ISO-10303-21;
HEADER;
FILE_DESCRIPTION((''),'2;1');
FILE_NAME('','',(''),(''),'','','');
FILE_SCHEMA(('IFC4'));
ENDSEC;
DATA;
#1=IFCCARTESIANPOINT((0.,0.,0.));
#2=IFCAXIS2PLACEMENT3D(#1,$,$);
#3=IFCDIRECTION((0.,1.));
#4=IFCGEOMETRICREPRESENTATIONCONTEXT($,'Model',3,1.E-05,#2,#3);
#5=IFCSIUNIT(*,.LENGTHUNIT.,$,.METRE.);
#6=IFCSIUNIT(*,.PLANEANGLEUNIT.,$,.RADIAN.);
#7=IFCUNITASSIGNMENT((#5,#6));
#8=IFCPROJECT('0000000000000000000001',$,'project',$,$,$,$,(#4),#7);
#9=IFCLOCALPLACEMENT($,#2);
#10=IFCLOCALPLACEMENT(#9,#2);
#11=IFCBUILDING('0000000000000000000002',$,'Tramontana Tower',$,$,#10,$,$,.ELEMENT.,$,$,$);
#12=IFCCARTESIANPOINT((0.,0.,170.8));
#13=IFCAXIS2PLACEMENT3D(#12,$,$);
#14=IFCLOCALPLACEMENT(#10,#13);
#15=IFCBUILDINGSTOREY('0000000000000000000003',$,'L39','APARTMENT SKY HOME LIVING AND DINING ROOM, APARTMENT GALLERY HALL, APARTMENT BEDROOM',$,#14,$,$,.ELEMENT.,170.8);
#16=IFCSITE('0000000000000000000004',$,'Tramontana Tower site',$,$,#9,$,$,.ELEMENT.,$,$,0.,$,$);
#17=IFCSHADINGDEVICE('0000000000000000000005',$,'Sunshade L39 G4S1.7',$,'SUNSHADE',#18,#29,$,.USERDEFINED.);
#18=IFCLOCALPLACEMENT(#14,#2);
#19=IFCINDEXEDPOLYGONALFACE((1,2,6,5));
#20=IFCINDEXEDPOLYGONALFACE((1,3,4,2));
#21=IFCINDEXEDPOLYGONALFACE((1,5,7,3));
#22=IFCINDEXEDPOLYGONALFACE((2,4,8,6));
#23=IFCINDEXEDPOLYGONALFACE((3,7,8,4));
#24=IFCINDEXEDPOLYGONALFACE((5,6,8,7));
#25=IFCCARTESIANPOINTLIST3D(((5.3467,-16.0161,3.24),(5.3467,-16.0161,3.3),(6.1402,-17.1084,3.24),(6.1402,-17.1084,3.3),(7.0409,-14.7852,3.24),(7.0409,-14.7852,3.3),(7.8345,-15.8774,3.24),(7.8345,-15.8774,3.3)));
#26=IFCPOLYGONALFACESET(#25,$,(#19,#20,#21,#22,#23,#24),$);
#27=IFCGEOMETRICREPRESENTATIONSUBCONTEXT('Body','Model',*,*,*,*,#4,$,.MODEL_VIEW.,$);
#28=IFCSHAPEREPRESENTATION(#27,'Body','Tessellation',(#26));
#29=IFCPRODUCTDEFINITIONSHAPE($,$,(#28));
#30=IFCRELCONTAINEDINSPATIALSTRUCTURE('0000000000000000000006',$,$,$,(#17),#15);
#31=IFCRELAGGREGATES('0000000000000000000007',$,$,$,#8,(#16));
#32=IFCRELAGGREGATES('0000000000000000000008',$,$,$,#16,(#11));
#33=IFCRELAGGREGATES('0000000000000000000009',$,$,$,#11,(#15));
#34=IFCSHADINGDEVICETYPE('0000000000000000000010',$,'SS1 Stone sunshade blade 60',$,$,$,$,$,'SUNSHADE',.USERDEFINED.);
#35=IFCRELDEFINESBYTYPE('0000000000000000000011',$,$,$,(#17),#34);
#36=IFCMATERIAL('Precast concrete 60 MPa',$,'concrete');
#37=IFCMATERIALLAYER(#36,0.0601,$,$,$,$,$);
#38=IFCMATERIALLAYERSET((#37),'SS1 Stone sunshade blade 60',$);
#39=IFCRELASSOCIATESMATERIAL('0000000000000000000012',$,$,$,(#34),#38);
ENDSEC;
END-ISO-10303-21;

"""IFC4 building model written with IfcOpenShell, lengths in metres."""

from ifc_helpers import new_model, si_unit, direction, frame, origin, origin_2d, place, context, subcontext, project, spatial, rectangle, extrude, material, layer, layer_set, type_object, element, save


model = new_model("IFC4")

# Units and contexts
model_context = context("Model", 3, precision=1e-05, world=origin(), true_north=direction((0.0, 1.0)))
body_context = subcontext(model_context, "Body", "Model", "MODEL_VIEW")
ifc_project = project(units=[si_unit("LENGTHUNIT", "METRE"), si_unit("PLANEANGLEUNIT", "RADIAN")], contexts=[model_context])

# Site, building, storey
site_placement = place(None, origin())
site = spatial("IfcSite", under=ifc_project, at=site_placement, Name="Tramontana Tower site", CompositionType="ELEMENT", RefElevation=0.0)
building_placement = place(site_placement, origin())
building = spatial("IfcBuilding", under=site, at=building_placement, Name="Tramontana Tower", CompositionType="ELEMENT")
storey_placement = place(building_placement, frame((0.0, 0.0, 170.8)))
storey = spatial("IfcBuildingStorey", under=building, at=storey_placement, Name="L39", Description="APARTMENT SKY HOME LIVING AND DINING ROOM, APARTMENT GALLERY HALL, APARTMENT BEDROOM", CompositionType="ELEMENT", Elevation=170.8)

# Shading device
ifc_material_1 = material(Name="Precast concrete 60 MPa", Category="concrete")
ifc_layer_1 = layer(ifc_material_1, 0.0601)
ifc_layer_set_1 = layer_set([ifc_layer_1], Name="SS1 Stone sunshade blade 60")
shading_device_type = type_object("IfcShadingDeviceType", Name="SS1 Stone sunshade blade 60", ElementType="SUNSHADE", PredefinedType="USERDEFINED", material=ifc_layer_set_1)
shading_device_placement = place(storey_placement, frame((6.5906, -15.9468, 3.24), z_axis=(0.0, 0.0, 1.0), x_axis=(0.809017, 0.587785, 0.0)))
element("IfcShadingDevice", 1, at=shading_device_placement, inside=storey, type_object=shading_device_type, Name="Sunshade L39 G4S1.7", ObjectType="SUNSHADE", PredefinedType="USERDEFINED", context=body_context, shape_type="SweptSolid", body=[
    extrude(rectangle(XDim=2.0942, YDim=1.3501, at=origin_2d()), origin(), (0.0, 0.0, 1.0), 0.0601),
])

save(model, "model.ifc")
